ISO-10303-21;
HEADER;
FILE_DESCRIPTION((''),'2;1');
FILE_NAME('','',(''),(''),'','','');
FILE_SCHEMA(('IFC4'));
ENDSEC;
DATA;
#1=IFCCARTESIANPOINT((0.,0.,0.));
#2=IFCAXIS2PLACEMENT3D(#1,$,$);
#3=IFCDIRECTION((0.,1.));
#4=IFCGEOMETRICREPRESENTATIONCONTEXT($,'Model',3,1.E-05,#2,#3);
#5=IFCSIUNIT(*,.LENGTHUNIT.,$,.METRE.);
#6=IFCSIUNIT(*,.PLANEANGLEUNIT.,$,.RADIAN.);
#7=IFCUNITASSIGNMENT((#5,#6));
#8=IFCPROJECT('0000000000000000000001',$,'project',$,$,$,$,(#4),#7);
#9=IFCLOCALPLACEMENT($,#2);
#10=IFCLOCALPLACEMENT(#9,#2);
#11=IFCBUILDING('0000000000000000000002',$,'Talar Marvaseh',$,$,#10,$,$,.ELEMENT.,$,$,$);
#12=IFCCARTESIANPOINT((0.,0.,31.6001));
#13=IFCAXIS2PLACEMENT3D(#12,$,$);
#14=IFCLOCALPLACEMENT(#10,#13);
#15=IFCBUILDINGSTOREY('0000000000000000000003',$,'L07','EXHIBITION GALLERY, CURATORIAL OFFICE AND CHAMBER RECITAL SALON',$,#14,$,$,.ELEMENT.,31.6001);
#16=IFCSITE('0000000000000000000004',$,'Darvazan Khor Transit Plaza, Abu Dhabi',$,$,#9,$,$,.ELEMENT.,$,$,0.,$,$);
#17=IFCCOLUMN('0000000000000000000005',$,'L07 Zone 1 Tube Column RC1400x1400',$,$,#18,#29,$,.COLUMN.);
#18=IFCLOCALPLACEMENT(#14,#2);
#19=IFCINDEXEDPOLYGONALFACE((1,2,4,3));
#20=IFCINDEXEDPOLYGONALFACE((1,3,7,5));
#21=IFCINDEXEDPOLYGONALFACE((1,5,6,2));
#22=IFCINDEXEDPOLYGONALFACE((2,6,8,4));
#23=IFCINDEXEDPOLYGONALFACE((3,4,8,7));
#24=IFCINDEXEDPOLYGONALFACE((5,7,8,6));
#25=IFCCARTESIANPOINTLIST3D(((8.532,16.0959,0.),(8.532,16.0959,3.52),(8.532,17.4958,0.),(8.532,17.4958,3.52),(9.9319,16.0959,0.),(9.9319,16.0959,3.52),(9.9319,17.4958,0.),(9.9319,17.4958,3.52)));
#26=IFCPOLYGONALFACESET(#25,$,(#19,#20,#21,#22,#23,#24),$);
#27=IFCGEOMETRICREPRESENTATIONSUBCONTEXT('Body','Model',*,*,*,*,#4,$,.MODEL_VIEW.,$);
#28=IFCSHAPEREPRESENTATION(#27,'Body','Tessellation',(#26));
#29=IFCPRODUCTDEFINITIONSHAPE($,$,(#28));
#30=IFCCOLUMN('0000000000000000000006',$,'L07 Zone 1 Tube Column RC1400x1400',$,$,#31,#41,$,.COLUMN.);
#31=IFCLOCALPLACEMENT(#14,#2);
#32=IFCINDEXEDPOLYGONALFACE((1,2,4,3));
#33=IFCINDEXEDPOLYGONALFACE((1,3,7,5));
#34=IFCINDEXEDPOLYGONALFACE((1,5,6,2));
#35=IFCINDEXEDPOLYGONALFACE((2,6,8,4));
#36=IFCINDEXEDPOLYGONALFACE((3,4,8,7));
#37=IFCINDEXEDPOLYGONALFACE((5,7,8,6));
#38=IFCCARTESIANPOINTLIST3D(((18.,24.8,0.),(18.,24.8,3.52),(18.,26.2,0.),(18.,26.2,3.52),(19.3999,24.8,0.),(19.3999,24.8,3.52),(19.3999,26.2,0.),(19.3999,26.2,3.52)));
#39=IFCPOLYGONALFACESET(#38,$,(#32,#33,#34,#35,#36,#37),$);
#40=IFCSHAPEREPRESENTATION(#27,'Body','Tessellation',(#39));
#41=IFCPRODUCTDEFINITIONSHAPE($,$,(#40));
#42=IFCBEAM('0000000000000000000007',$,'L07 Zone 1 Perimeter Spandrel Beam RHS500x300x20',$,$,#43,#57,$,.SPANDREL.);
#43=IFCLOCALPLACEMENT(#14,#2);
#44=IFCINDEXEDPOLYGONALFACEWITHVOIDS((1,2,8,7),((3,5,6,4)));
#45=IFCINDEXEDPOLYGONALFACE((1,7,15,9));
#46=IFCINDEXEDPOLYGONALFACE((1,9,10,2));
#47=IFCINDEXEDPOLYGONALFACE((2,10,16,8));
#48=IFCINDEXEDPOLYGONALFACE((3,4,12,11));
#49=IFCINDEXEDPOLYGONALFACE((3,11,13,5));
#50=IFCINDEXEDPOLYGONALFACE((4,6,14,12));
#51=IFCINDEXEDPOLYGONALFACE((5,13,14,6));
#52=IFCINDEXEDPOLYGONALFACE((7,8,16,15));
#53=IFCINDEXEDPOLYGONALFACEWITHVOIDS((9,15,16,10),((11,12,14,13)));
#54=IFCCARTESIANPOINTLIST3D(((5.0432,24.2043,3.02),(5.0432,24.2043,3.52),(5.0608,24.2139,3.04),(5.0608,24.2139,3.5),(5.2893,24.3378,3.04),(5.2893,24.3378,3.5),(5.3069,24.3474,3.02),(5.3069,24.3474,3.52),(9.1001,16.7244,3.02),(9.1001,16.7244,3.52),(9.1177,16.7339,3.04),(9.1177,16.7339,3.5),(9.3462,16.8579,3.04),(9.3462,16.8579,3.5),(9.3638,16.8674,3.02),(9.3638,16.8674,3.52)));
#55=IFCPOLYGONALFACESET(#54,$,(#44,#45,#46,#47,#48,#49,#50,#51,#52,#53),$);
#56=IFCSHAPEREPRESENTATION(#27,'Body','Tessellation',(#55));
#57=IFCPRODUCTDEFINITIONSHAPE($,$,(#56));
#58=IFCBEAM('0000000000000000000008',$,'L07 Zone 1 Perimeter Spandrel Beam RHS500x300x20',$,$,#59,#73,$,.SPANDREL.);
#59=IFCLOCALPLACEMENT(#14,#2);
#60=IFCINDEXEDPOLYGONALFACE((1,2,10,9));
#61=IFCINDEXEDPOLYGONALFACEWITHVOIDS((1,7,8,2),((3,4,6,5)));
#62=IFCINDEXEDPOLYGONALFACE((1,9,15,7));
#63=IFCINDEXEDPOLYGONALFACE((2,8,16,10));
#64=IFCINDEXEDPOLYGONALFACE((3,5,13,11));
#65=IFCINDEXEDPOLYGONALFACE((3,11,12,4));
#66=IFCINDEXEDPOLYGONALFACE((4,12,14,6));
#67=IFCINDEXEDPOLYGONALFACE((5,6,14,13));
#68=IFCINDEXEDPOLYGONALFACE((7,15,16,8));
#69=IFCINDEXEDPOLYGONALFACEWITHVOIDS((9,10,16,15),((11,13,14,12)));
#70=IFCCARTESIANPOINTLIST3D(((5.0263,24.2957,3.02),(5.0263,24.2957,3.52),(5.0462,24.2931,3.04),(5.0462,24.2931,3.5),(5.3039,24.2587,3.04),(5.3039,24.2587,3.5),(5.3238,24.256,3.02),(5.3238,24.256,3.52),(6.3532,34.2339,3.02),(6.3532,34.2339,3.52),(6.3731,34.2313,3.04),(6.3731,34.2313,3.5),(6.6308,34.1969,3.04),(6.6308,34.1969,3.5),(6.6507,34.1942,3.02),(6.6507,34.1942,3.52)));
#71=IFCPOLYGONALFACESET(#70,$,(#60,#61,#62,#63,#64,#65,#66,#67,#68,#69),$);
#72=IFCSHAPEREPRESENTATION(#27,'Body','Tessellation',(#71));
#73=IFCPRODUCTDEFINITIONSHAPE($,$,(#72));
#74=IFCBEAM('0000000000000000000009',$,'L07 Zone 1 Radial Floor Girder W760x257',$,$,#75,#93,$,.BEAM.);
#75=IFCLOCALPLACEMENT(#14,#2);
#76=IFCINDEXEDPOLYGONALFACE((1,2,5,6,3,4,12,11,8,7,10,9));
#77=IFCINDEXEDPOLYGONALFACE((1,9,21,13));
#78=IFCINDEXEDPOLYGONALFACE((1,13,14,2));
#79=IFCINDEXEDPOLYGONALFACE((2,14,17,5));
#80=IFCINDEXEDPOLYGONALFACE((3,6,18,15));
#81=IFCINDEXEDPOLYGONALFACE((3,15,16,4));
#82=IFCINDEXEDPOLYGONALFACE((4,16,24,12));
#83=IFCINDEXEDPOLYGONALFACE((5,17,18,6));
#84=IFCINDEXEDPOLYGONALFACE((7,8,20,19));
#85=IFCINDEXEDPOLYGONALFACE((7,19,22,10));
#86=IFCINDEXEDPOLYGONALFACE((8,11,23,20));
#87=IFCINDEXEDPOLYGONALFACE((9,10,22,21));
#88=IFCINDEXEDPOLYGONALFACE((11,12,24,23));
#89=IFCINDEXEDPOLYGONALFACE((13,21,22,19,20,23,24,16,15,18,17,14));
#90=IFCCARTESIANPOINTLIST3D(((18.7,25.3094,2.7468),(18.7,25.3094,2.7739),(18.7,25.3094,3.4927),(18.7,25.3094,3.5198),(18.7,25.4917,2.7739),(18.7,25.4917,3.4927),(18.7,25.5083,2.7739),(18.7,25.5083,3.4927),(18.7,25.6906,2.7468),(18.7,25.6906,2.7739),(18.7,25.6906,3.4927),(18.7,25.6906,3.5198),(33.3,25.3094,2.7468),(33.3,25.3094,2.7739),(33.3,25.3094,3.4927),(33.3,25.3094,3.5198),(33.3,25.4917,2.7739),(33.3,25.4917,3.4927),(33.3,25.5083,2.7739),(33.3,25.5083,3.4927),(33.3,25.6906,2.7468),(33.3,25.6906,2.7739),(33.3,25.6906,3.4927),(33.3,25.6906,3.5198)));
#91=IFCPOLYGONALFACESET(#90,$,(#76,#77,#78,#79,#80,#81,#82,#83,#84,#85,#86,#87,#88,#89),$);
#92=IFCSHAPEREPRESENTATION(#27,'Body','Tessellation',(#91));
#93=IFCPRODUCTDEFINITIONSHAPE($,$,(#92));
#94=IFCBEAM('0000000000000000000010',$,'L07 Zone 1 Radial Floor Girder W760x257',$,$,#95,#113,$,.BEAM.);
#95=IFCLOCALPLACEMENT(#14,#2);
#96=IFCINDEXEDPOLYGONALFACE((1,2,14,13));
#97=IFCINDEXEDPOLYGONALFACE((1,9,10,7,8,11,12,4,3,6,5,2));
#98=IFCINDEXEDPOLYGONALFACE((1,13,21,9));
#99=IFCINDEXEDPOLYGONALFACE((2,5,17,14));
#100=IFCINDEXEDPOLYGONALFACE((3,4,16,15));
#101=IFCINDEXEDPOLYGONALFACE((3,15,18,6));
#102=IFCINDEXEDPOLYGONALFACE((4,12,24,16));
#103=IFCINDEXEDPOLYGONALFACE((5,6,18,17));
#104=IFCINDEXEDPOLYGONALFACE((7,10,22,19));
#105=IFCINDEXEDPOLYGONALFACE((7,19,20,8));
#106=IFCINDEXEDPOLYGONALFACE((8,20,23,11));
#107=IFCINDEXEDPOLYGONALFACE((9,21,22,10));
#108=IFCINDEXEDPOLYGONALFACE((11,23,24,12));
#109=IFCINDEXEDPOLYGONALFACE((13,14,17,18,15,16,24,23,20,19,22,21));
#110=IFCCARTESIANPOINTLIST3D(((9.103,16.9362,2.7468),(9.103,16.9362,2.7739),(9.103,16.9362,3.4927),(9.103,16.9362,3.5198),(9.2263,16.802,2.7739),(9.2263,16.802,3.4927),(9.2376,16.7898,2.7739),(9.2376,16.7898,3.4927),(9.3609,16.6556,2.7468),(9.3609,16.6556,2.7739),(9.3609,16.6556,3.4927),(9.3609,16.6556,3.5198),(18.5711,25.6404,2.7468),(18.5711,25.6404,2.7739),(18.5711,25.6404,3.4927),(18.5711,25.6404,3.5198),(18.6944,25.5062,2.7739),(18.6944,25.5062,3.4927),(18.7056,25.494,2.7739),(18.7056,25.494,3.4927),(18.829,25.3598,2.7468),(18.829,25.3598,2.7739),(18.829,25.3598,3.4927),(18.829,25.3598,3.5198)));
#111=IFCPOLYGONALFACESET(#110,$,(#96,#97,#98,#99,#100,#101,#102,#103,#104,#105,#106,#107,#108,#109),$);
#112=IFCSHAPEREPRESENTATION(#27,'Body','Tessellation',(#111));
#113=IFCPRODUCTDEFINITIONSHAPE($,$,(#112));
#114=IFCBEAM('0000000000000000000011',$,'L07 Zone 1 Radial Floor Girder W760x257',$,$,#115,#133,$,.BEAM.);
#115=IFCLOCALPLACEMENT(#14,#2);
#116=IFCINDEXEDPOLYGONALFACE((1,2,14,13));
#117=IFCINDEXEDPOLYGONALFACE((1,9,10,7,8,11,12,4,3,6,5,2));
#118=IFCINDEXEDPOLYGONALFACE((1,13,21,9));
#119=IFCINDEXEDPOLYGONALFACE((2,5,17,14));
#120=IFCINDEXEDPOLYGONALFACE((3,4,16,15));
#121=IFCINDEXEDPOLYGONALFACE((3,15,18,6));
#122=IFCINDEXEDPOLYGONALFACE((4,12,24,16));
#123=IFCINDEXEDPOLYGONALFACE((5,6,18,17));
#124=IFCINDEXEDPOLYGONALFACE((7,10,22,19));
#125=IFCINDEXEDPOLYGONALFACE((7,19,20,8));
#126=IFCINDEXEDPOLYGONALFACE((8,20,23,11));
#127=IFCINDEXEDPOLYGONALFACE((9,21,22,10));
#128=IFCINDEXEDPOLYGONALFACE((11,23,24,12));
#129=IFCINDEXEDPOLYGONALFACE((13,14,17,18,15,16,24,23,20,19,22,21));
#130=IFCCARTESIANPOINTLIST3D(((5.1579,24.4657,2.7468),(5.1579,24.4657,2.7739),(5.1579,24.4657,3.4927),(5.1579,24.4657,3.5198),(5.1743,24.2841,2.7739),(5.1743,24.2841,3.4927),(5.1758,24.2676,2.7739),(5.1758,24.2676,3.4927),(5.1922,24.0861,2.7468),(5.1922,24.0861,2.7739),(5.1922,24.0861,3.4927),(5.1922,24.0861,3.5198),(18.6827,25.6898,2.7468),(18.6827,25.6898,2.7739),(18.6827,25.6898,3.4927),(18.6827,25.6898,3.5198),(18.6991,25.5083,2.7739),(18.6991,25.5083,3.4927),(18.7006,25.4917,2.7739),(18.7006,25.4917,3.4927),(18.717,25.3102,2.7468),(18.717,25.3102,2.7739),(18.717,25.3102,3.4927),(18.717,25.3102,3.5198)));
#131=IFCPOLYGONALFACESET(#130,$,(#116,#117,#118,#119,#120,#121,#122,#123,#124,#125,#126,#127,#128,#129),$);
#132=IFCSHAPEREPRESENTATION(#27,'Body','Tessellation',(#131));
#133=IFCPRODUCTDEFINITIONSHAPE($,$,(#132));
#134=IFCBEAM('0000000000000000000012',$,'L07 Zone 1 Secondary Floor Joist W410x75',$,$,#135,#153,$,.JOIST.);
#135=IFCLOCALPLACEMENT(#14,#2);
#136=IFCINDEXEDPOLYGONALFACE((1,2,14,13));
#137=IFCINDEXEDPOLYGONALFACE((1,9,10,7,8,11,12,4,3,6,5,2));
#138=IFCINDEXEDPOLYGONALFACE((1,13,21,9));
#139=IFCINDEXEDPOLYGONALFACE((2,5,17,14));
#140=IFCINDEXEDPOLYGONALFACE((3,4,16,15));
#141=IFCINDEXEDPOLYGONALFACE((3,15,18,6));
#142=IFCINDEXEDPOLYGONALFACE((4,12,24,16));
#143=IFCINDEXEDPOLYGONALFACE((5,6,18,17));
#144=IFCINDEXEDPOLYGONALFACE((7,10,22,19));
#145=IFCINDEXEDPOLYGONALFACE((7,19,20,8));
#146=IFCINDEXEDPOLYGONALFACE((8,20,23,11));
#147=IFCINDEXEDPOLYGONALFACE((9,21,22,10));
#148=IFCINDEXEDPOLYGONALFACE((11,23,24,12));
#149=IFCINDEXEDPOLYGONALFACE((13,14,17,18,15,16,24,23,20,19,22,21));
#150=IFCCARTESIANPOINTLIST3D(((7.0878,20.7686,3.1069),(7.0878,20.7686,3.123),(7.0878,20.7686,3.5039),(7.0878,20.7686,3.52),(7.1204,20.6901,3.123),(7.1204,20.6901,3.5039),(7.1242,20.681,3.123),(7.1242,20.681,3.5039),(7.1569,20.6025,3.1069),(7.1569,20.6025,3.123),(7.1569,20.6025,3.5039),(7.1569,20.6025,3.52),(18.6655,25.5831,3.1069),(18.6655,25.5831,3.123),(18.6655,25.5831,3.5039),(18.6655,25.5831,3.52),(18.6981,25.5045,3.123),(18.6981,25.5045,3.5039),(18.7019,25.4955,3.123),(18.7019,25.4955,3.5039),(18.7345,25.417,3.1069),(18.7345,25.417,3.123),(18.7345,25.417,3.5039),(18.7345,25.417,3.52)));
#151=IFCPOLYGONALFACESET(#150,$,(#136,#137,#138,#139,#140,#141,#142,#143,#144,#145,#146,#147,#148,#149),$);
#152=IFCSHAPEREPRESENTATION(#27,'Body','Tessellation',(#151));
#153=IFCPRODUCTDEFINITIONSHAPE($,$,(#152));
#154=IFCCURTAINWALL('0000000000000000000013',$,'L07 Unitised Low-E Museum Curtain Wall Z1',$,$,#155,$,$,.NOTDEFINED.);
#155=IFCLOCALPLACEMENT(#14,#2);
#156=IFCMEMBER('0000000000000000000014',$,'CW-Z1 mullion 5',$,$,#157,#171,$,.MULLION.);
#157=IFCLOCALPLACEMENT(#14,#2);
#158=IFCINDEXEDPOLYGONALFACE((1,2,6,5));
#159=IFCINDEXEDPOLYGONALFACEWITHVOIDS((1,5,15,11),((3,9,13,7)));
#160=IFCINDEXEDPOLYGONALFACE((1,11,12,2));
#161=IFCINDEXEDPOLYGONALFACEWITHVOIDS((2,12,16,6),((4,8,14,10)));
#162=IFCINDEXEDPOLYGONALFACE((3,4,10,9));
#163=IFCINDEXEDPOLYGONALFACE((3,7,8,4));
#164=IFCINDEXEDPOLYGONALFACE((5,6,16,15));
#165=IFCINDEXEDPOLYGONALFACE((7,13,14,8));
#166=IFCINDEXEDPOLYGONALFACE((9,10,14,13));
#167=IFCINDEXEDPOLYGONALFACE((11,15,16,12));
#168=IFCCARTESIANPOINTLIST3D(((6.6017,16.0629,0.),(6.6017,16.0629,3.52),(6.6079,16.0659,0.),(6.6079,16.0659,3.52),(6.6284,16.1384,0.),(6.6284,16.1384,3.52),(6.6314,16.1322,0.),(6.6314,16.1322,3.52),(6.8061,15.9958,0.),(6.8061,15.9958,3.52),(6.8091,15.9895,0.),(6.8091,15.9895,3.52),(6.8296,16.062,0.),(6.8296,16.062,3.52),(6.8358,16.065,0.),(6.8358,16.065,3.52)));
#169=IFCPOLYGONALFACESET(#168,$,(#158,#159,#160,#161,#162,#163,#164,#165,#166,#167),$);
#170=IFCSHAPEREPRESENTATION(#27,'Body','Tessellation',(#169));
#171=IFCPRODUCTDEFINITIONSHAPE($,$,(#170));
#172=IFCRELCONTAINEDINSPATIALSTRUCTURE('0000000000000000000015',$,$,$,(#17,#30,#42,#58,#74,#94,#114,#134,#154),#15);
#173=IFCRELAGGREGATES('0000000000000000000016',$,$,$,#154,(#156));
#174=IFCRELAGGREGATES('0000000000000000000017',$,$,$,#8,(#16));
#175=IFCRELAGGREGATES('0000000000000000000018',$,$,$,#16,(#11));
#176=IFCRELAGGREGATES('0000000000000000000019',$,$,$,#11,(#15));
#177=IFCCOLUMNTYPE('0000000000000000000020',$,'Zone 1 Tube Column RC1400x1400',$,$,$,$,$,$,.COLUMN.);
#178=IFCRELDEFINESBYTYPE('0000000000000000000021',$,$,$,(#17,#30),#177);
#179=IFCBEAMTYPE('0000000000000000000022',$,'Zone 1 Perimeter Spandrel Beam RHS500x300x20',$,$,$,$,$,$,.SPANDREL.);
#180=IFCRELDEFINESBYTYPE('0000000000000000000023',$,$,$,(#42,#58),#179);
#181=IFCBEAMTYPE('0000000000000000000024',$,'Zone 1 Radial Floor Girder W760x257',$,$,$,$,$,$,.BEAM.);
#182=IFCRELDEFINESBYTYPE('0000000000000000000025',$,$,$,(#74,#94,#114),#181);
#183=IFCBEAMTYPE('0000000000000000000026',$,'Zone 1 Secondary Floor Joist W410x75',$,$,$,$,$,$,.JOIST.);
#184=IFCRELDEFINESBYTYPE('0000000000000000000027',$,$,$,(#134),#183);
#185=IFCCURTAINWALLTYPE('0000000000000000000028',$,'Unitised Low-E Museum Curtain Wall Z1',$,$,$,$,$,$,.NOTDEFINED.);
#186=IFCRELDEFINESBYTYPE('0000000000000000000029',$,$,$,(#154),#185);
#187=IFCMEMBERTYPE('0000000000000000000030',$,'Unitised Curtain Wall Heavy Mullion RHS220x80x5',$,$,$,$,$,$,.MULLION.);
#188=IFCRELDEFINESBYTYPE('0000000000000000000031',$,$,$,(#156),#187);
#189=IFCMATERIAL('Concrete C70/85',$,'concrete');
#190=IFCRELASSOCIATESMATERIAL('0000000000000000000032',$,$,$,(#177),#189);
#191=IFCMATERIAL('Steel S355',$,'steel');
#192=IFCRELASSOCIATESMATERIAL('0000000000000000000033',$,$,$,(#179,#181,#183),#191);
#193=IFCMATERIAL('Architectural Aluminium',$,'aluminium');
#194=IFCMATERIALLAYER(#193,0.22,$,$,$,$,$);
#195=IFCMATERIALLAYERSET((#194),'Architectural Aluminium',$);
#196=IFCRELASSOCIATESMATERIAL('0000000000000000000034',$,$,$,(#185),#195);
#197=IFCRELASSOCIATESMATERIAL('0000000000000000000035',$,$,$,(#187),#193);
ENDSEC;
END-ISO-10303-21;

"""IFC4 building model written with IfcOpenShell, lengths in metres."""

from ifc_helpers import new_model, si_unit, direction, frame, origin, origin_2d, place, context, subcontext, project, spatial, rectangle, hollow_rectangle, i_section, extrude, source, transform, mapped, material, layer, layer_set, material_profile, profile_set, type_object, type_shapes, element, aggregate, save


model = new_model("IFC4")

# Units and contexts
model_context = context("Model", 3, precision=1e-05, world=origin(), true_north=direction((0.0, 1.0)))
body_context = subcontext(model_context, "Body", "Model", "MODEL_VIEW")
ifc_project = project(units=[si_unit("LENGTHUNIT", "METRE"), si_unit("PLANEANGLEUNIT", "RADIAN")], contexts=[model_context])

# Site, building, storey
site_placement = place(None, origin())
site = spatial("IfcSite", under=ifc_project, at=site_placement, Name="Darvazan Khor Transit Plaza, Abu Dhabi", CompositionType="ELEMENT", RefElevation=0.0)
building_placement = place(site_placement, origin())
building = spatial("IfcBuilding", under=site, at=building_placement, Name="Talar Marvaseh", CompositionType="ELEMENT")
storey_placement = place(building_placement, frame((0.0, 0.0, 31.6001)))
storey = spatial("IfcBuildingStorey", under=building, at=storey_placement, Name="L07", Description="EXHIBITION GALLERY, CURATORIAL OFFICE AND CHAMBER RECITAL SALON", CompositionType="ELEMENT", Elevation=31.6001)

# Columns
ifc_material_1 = material(Name="Concrete C70/85", Category="concrete")
ifc_material_profile_1 = material_profile(ifc_material_1, rectangle(XDim=1.3999, YDim=1.3999, at=origin_2d()), Name="RC1400x1400")
ifc_profile_set_1 = profile_set([ifc_material_profile_1], Name="Concrete C70/85")
column_type = type_object("IfcColumnType", Name="Zone 1 Tube Column RC1400x1400", PredefinedType="COLUMN", material=ifc_profile_set_1)
for number, where, z_axis, x_axis, name in (
    (1, (9.2319, 16.7959, 0.0), (0.0, 0.0, 1.0), (1.0, 0.0, 0.0), "L07 Zone 1 Tube Column RC1400x1400"),
    (2, (18.7, 25.5, 0.0), (0.0, 0.0, 1.0), (1.0, 0.0, 0.0), "L07 Zone 1 Tube Column RC1400x1400"),
):
    element("IfcColumn", number, at=place(storey_placement, frame(where, z_axis=z_axis, x_axis=x_axis)), inside=storey, type_object=column_type, Name=name, PredefinedType="COLUMN", context=body_context, shape_type="SweptSolid", body=[
        extrude(rectangle(XDim=1.3999, YDim=1.3999, at=origin_2d()), origin(), (0.0, 0.0, 1.0), 3.52),
    ])

# Beams
ifc_material_2 = material(Name="Steel S355", Category="steel")
ifc_material_profile_2 = material_profile(ifc_material_2, hollow_rectangle(XDim=0.3, YDim=0.5, WallThickness=0.02, at=origin_2d()), Name="RHS500x300x20")
ifc_profile_set_2 = profile_set([ifc_material_profile_2], Name="Steel S355")
beam_type_1 = type_object("IfcBeamType", Name="Zone 1 Perimeter Spandrel Beam RHS500x300x20", PredefinedType="SPANDREL", material=ifc_profile_set_2)
beam_1_placement = place(storey_placement, frame((9.2319, 16.7959, 3.27), z_axis=(-0.476758, 0.879035, 0.0), x_axis=(-0.879035, -0.476758, 0.0)))
element("IfcBeam", 3, at=beam_1_placement, inside=storey, type_object=beam_type_1, Name="L07 Zone 1 Perimeter Spandrel Beam RHS500x300x20", PredefinedType="SPANDREL", context=body_context, shape_type="SweptSolid", body=[
    extrude(hollow_rectangle(XDim=0.3, YDim=0.5, WallThickness=0.02, at=origin_2d()), origin(), (0.0, 0.0, 1.0), 8.5093),
])
beam_2_placement = place(storey_placement, frame((5.175, 24.2759, 3.27), z_axis=(0.132341, 0.991204, 0.0), x_axis=(-0.991204, 0.132341, 0.0)))
element("IfcBeam", 4, at=beam_2_placement, inside=storey, type_object=beam_type_1, Name="L07 Zone 1 Perimeter Spandrel Beam RHS500x300x20", PredefinedType="SPANDREL", context=body_context, shape_type="SweptSolid", body=[
    extrude(hollow_rectangle(XDim=0.3, YDim=0.5, WallThickness=0.02, at=origin_2d()), origin(), (0.0, 0.0, 1.0), 10.0264),
])
ifc_material_profile_3 = material_profile(ifc_material_2, i_section(OverallWidth=0.3811, OverallDepth=0.7729, WebThickness=0.0166, FlangeThickness=0.0271, at=origin_2d()), Name="W760x257")
ifc_profile_set_3 = profile_set([ifc_material_profile_3], Name="Steel S355")
beam_type_2 = type_object("IfcBeamType", Name="Zone 1 Radial Floor Girder W760x257", PredefinedType="BEAM", material=ifc_profile_set_3)
beam_3_placement = place(storey_placement, frame((18.7, 25.5, 3.1333), z_axis=(1.0, 0.0, 0.0), x_axis=(0.0, 1.0, 0.0)))
element("IfcBeam", 5, at=beam_3_placement, inside=storey, type_object=beam_type_2, Name="L07 Zone 1 Radial Floor Girder W760x257", PredefinedType="BEAM", context=body_context, shape_type="SweptSolid", body=[
    extrude(i_section(OverallWidth=0.3811, OverallDepth=0.7729, WebThickness=0.0166, FlangeThickness=0.0271, at=origin_2d()), origin(), (0.0, 0.0, 1.0), 14.6001),
])
beam_4_placement = place(storey_placement, frame((9.2319, 16.7959, 3.1333), z_axis=(0.736182, 0.676784, 0.0), x_axis=(-0.676784, 0.736182, 0.0)))
element("IfcBeam", 6, at=beam_4_placement, inside=storey, type_object=beam_type_2, Name="L07 Zone 1 Radial Floor Girder W760x257", PredefinedType="BEAM", context=body_context, shape_type="SweptSolid", body=[
    extrude(i_section(OverallWidth=0.3811, OverallDepth=0.7729, WebThickness=0.0166, FlangeThickness=0.0271, at=origin_2d()), origin(), (0.0, 0.0, 1.0), 12.8611),
])
beam_5_placement = place(storey_placement, frame((5.175, 24.2759, 3.1333), z_axis=(0.995929, 0.09014, 0.0), x_axis=(-0.09014, 0.995929, 0.0)))
element("IfcBeam", 7, at=beam_5_placement, inside=storey, type_object=beam_type_2, Name="L07 Zone 1 Radial Floor Girder W760x257", PredefinedType="BEAM", context=body_context, shape_type="SweptSolid", body=[
    extrude(i_section(OverallWidth=0.3811, OverallDepth=0.7729, WebThickness=0.0166, FlangeThickness=0.0271, at=origin_2d()), origin(), (0.0, 0.0, 1.0), 13.5801),
])
ifc_material_profile_4 = material_profile(ifc_material_2, i_section(OverallWidth=0.1799, OverallDepth=0.4131, WebThickness=0.0098, FlangeThickness=0.0161, at=origin_2d()), Name="W410x75")
ifc_profile_set_4 = profile_set([ifc_material_profile_4], Name="Steel S355")
beam_type_3 = type_object("IfcBeamType", Name="Zone 1 Secondary Floor Joist W410x75", PredefinedType="JOIST", material=ifc_profile_set_4)
beam_6_placement = place(storey_placement, frame((7.1223, 20.6855, 3.3135), z_axis=(0.923347, 0.383965, 0.0), x_axis=(-0.383965, 0.923347, 0.0)))
element("IfcBeam", 8, at=beam_6_placement, inside=storey, type_object=beam_type_3, Name="L07 Zone 1 Secondary Floor Joist W410x75", PredefinedType="JOIST", context=body_context, shape_type="SweptSolid", body=[
    extrude(i_section(OverallWidth=0.1799, OverallDepth=0.4131, WebThickness=0.0098, FlangeThickness=0.0161, at=origin_2d()), origin(), (0.0, 0.0, 1.0), 12.5388),
])

# Curtain wall, member
ifc_material_3 = material(Name="Architectural Aluminium", Category="aluminium")
ifc_layer_1 = layer(ifc_material_3, 0.22)
ifc_layer_set_1 = layer_set([ifc_layer_1], Name="Architectural Aluminium")
curtain_wall_type = type_object("IfcCurtainWallType", Name="Unitised Low-E Museum Curtain Wall Z1", PredefinedType="NOTDEFINED", material=ifc_layer_set_1)
curtain_wall_placement = place(storey_placement, origin())
curtain_wall = element("IfcCurtainWall", 9, at=curtain_wall_placement, inside=storey, type_object=curtain_wall_type, Name="L07 Unitised Low-E Museum Curtain Wall Z1", PredefinedType="NOTDEFINED")
ifc_material_profile_5 = material_profile(ifc_material_3, hollow_rectangle(XDim=0.0801, YDim=0.22, WallThickness=0.0049, at=origin_2d()), Name="RHS220x80x5")
ifc_profile_set_5 = profile_set([ifc_material_profile_5], Name="Architectural Aluminium")
member_type_1 = type_object("IfcMemberType", Name="Unitised Curtain Wall Heavy Mullion RHS220x80x5", PredefinedType="MULLION", material=ifc_profile_set_5)
shared_shape_1 = source(origin(), body_context, "Body", "SweptSolid", [
    extrude(hollow_rectangle(XDim=0.0801, YDim=0.22, WallThickness=0.0049, at=origin_2d()), origin(), (0.0, 0.0, 1.0), 3.52),
])
type_shapes(member_type_1, [shared_shape_1])
member_1_placement = place(storey_placement, frame((6.7188, 16.064, 0.0), z_axis=(0.0, 0.0, 1.0), x_axis=(-0.333661, -0.942693, 0.0)))
member_1 = element("IfcMember", 10, at=member_1_placement, type_object=member_type_1, Name="CW-Z1 mullion 5", PredefinedType="MULLION", context=body_context, shape_type="MappedRepresentation", body=[
    mapped(shared_shape_1, transform((0.0, 0.0, 0.0), x_axis=(1.0, 0.0, 0.0), y_axis=(0.0, 1.0, 0.0), z_axis=(0.0, 0.0, 1.0), scale=1.0)),
])
aggregate(curtain_wall, [member_1])

save(model, "model.ifc")
